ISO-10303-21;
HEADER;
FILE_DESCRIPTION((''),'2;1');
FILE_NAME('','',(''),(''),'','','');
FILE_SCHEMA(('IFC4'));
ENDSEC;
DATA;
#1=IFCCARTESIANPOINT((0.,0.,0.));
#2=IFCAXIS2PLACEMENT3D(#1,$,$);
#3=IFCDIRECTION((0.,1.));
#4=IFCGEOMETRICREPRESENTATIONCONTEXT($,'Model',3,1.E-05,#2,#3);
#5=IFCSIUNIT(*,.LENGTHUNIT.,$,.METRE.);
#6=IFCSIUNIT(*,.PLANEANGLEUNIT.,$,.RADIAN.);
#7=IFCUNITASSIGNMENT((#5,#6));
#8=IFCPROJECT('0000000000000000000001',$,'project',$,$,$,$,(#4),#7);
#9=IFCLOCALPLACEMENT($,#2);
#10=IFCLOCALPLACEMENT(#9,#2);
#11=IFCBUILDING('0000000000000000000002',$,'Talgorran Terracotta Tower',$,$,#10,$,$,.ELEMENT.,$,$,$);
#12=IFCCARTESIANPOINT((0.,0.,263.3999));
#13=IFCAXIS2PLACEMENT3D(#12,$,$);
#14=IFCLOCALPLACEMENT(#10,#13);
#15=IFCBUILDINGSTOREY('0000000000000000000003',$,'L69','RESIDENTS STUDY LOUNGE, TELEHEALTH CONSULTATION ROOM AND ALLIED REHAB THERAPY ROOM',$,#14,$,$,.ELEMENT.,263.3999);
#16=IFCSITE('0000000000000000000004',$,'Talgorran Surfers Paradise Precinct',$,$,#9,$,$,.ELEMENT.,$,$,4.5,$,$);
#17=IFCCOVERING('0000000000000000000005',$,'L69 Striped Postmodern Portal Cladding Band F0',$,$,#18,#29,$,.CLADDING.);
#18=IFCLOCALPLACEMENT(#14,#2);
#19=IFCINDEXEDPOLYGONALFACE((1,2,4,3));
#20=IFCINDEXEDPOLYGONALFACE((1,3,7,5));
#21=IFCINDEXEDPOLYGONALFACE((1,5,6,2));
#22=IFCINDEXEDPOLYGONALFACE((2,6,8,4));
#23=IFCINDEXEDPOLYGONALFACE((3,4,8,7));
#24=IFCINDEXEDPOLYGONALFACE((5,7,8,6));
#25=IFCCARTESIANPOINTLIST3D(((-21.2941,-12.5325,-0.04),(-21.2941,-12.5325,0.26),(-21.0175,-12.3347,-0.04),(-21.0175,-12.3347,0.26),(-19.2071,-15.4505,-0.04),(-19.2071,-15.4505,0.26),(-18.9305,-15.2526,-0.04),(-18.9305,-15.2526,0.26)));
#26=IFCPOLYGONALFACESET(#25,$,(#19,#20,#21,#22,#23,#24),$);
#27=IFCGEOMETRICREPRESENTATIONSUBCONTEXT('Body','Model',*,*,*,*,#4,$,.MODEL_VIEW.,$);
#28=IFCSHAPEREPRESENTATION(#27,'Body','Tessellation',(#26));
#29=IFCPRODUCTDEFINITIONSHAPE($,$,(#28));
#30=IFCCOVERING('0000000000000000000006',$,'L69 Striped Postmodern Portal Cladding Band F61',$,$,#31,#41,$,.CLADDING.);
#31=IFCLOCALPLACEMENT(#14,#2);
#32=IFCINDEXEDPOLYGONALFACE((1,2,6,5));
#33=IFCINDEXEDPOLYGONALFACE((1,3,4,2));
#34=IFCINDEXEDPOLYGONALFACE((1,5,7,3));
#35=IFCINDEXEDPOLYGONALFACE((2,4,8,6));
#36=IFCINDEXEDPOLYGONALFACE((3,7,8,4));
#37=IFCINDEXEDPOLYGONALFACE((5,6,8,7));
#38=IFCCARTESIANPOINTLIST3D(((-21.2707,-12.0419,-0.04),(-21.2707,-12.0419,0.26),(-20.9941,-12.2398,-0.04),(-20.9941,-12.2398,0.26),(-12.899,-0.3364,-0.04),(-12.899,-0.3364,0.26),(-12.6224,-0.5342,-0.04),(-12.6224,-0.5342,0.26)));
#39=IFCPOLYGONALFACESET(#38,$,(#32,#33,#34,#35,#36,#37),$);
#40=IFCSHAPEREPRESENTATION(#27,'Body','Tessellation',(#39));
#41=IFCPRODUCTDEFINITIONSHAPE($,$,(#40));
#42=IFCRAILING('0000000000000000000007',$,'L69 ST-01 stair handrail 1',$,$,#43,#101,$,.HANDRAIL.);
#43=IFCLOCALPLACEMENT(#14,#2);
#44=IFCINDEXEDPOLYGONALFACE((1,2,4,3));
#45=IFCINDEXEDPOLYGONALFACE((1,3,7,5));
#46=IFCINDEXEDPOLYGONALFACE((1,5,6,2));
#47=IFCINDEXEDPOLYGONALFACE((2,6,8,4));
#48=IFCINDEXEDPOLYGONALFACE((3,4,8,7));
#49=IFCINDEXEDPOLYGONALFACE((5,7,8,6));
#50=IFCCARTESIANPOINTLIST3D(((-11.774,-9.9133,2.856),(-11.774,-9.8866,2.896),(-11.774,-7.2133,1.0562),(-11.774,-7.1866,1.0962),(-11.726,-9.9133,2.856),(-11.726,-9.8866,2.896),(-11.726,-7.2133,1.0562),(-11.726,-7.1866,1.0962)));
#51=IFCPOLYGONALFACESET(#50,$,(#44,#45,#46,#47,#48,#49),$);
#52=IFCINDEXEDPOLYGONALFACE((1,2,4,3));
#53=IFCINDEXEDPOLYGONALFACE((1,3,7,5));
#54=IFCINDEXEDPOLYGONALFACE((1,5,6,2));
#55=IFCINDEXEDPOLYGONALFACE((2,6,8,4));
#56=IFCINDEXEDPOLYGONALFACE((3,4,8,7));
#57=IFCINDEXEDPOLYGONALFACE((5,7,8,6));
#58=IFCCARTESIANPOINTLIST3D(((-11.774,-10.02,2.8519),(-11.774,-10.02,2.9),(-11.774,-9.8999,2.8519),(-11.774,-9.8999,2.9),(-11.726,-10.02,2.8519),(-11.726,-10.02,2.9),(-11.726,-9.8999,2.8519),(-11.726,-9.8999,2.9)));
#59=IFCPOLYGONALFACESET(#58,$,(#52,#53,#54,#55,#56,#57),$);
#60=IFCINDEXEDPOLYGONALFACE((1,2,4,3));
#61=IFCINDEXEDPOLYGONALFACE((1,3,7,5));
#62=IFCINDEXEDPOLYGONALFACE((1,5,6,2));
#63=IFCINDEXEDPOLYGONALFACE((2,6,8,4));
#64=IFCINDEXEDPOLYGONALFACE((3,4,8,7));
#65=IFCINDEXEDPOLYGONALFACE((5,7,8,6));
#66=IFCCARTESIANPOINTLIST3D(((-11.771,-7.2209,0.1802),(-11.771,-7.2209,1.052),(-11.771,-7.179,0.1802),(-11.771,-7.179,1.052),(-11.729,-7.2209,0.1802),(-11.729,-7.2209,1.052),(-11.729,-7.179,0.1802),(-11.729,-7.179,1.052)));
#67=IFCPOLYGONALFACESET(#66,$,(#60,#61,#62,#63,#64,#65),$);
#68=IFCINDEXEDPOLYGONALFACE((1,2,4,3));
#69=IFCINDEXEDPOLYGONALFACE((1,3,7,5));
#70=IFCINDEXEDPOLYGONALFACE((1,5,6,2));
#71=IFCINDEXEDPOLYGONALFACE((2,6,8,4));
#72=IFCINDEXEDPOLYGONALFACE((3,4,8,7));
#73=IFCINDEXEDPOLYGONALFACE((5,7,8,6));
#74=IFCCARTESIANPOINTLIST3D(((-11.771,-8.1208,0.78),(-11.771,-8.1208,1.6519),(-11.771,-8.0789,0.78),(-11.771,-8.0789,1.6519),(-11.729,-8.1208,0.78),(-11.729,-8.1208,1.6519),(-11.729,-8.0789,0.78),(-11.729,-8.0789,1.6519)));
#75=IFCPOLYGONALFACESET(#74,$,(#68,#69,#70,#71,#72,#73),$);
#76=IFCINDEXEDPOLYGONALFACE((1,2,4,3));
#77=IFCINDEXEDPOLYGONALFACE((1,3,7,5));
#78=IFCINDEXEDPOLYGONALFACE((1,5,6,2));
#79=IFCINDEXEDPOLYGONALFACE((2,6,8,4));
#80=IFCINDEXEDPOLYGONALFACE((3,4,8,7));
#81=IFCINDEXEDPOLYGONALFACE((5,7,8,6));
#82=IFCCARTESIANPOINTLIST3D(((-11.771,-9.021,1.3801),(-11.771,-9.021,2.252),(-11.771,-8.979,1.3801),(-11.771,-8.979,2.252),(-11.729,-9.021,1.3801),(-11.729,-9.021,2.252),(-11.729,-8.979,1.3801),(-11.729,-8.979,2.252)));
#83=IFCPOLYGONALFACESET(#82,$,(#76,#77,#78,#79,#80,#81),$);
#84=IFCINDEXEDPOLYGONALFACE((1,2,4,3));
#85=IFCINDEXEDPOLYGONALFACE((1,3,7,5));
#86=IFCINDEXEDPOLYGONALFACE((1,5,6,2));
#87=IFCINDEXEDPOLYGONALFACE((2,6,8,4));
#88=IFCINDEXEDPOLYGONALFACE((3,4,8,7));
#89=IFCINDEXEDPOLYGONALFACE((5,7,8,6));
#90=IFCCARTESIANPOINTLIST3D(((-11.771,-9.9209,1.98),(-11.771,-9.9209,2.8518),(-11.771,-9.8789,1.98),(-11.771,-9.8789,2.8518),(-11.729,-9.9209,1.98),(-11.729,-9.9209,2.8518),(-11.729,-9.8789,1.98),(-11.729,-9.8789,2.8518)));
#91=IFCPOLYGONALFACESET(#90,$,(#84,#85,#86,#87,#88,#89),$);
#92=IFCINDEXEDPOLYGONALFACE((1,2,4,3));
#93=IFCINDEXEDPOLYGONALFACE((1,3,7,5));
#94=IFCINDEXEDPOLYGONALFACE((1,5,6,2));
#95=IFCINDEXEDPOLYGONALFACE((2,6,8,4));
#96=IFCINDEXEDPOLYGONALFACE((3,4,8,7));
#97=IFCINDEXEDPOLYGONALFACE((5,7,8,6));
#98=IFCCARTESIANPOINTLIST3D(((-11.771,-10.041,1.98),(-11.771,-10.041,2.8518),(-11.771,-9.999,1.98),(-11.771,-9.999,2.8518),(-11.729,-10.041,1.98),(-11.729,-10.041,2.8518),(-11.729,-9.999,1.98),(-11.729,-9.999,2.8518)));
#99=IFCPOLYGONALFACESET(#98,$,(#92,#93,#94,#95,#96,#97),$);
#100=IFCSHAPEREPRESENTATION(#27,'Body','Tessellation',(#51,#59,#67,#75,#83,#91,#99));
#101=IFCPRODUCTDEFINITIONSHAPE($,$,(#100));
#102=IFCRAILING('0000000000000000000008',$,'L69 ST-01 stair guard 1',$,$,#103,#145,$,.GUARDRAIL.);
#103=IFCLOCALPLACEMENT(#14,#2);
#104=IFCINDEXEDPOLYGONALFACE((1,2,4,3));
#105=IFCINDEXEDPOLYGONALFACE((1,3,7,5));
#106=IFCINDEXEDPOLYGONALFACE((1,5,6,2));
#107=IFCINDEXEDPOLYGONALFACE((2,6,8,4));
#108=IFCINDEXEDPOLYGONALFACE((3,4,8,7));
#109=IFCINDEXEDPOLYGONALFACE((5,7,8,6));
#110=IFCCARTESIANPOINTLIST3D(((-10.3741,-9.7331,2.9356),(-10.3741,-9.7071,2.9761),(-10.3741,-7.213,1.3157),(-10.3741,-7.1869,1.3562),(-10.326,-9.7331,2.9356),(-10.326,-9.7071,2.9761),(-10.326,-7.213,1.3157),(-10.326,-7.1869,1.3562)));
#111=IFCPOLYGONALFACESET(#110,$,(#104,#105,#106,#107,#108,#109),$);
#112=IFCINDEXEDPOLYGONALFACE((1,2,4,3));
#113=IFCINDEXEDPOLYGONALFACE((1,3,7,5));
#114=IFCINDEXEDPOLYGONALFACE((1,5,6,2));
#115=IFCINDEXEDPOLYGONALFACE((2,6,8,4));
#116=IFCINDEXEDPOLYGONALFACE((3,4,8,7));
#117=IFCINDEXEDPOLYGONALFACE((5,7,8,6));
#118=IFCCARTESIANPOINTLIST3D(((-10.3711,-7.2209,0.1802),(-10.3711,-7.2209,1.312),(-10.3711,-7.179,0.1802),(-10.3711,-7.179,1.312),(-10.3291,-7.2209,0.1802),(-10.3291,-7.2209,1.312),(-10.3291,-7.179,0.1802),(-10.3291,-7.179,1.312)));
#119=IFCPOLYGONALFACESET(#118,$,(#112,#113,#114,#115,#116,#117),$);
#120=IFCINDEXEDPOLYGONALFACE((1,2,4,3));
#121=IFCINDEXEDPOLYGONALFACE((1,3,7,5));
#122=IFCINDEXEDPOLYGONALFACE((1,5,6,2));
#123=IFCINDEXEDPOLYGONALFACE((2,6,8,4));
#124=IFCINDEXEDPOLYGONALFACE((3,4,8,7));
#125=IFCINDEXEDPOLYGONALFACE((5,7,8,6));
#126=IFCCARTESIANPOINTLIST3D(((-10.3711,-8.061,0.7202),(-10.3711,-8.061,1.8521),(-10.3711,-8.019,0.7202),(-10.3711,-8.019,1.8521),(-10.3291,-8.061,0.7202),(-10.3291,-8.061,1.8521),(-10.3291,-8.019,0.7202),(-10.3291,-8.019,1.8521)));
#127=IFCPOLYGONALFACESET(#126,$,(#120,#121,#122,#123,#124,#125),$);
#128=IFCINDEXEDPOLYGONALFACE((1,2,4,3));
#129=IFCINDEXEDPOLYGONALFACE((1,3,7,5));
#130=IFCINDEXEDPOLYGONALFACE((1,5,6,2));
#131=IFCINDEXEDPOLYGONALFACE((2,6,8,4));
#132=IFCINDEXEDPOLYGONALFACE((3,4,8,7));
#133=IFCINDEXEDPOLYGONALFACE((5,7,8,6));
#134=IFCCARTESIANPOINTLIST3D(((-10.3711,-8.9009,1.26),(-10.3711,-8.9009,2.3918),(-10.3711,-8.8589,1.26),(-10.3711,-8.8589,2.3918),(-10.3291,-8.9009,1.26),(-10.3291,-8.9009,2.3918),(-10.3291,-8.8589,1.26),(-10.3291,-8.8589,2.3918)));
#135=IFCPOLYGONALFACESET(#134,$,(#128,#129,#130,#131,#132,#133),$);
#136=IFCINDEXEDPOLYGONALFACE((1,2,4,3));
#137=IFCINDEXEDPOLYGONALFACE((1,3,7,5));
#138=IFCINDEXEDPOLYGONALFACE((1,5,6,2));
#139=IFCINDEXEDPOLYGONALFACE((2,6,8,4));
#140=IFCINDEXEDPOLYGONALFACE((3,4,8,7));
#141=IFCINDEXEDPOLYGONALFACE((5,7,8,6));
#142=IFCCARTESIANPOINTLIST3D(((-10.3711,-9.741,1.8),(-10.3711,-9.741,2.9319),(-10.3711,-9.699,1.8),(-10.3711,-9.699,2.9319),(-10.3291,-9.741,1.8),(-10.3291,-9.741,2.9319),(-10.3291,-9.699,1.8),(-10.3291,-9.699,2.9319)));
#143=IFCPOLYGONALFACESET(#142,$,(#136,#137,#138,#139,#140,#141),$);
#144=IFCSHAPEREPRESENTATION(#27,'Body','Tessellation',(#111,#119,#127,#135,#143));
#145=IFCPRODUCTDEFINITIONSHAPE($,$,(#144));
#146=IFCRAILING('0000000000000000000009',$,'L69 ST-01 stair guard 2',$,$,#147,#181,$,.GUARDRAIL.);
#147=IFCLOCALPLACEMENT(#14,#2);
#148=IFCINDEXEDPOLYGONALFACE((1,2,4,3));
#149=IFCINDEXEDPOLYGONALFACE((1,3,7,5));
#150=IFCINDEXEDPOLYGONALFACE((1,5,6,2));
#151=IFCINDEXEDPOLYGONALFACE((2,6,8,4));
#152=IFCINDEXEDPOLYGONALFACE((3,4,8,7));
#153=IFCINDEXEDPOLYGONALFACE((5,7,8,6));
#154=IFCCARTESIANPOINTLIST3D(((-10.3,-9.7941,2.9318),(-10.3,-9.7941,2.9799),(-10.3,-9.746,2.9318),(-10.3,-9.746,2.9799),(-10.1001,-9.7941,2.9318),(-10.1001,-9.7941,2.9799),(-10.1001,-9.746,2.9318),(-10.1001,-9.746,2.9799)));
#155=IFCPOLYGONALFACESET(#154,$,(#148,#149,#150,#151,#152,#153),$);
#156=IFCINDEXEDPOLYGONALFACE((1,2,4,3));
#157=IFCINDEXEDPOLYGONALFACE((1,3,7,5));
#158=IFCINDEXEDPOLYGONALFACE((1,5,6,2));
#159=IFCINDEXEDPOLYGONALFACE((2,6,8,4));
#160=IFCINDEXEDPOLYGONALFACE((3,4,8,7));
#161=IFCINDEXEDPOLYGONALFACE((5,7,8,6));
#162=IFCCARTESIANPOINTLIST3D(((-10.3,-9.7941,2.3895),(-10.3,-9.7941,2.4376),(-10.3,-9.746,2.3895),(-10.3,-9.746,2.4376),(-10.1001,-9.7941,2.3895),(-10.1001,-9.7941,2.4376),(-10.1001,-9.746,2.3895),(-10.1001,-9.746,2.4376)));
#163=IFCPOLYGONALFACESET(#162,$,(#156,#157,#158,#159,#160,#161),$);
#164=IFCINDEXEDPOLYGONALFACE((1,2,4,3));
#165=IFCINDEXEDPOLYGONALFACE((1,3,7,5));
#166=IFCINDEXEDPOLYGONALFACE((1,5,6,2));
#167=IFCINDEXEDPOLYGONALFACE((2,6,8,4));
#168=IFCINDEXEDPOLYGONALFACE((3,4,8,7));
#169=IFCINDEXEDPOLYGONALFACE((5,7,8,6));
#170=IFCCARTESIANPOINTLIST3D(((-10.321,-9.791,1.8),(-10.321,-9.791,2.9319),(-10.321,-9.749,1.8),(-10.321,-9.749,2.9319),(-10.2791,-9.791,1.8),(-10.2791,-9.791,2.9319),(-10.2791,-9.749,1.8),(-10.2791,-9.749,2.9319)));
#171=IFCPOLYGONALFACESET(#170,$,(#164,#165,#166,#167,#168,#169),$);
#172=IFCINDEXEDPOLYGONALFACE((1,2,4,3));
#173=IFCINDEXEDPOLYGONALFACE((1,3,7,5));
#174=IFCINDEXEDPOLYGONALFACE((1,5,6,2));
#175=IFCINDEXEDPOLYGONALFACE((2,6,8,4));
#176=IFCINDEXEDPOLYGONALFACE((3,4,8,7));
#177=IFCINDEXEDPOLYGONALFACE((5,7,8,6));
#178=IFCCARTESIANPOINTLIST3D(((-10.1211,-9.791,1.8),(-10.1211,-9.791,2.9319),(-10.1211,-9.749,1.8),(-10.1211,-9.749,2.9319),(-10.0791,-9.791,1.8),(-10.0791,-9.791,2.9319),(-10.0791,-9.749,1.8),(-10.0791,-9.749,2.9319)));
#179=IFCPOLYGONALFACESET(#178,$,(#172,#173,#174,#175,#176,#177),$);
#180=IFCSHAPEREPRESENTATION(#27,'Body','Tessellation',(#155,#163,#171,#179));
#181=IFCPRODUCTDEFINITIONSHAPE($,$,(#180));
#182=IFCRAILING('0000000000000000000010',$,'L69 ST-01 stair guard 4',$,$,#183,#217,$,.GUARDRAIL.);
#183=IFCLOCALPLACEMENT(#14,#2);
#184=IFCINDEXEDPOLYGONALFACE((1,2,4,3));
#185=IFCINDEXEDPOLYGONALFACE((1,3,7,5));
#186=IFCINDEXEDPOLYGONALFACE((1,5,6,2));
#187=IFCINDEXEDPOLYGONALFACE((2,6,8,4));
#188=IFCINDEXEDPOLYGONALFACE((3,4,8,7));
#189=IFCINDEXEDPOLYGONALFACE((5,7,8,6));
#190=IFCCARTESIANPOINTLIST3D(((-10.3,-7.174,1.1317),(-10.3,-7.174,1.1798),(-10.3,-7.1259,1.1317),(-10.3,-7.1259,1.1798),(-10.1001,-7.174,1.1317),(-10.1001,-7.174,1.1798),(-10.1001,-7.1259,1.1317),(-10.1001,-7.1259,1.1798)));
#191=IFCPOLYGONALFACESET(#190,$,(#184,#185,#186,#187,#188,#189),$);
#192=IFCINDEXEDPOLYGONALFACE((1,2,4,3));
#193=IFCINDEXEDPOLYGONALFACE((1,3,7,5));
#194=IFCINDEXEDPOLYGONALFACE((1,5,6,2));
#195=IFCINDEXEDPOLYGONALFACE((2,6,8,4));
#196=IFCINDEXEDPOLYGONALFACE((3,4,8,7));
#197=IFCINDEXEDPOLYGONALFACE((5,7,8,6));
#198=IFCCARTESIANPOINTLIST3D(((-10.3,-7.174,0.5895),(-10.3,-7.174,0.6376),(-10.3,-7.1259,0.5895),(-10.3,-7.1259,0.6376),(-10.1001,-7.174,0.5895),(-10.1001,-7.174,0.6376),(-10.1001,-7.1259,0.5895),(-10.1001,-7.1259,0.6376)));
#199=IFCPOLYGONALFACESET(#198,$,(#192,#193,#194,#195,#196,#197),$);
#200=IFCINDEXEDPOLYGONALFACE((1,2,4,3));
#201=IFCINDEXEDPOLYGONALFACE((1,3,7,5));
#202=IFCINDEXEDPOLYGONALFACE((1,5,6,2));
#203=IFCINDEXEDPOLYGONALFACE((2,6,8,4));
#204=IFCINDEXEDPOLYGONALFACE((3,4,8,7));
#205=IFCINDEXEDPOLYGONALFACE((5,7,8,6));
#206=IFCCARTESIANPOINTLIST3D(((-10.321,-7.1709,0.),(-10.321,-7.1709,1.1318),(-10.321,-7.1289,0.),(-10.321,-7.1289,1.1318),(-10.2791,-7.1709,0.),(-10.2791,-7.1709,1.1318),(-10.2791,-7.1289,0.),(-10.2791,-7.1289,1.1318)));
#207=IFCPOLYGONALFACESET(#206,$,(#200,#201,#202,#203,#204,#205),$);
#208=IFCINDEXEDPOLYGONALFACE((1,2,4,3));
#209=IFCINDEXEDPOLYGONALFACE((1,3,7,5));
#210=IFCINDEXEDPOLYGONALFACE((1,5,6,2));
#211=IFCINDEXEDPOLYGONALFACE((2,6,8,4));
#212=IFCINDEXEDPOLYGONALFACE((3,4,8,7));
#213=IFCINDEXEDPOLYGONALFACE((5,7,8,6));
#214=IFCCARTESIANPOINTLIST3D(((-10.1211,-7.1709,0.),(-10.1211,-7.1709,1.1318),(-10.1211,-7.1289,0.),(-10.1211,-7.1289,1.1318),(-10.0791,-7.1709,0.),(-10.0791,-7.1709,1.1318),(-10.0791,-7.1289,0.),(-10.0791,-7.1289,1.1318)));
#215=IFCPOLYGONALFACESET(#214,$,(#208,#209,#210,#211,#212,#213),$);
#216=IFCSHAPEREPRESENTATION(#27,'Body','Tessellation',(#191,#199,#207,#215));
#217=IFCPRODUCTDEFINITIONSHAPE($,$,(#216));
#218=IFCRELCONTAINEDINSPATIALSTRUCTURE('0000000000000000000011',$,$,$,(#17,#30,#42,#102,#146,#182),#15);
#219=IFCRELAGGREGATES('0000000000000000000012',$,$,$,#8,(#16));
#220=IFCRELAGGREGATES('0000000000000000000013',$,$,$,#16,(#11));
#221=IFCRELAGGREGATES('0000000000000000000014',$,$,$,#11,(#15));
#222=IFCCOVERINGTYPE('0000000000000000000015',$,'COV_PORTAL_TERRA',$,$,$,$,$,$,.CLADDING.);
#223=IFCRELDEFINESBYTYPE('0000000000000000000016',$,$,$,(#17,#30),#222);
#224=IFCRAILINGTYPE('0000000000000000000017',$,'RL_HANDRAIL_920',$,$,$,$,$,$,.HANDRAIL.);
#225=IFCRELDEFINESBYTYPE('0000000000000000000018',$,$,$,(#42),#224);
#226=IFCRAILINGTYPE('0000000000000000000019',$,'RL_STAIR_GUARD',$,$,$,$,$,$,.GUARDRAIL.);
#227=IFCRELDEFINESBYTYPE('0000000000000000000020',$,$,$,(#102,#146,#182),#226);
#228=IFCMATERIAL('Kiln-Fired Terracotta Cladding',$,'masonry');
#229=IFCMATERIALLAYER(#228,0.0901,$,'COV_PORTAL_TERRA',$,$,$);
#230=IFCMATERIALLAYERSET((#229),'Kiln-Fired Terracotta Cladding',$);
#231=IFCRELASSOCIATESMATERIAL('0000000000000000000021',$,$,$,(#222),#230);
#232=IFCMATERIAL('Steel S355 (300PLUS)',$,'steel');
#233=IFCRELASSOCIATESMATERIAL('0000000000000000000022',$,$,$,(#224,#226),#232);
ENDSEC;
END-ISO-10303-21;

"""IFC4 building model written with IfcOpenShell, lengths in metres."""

from ifc_helpers import new_model, si_unit, direction, frame, origin, origin_2d, place, context, subcontext, project, spatial, rectangle, extrude, material, layer, layer_set, type_object, element, save


model = new_model("IFC4")

# Units and contexts
model_context = context("Model", 3, precision=1e-05, world=origin(), true_north=direction((0.0, 1.0)))
body_context = subcontext(model_context, "Body", "Model", "MODEL_VIEW")
ifc_project = project(units=[si_unit("LENGTHUNIT", "METRE"), si_unit("PLANEANGLEUNIT", "RADIAN")], contexts=[model_context])

# Site, building, storey
site_placement = place(None, origin())
site = spatial("IfcSite", under=ifc_project, at=site_placement, Name="Talgorran Surfers Paradise Precinct", CompositionType="ELEMENT", RefElevation=4.5)
building_placement = place(site_placement, origin())
building = spatial("IfcBuilding", under=site, at=building_placement, Name="Talgorran Terracotta Tower", CompositionType="ELEMENT")
storey_placement = place(building_placement, frame((0.0, 0.0, 263.3999)))
storey = spatial("IfcBuildingStorey", under=building, at=storey_placement, Name="L69", Description="RESIDENTS STUDY LOUNGE, TELEHEALTH CONSULTATION ROOM AND ALLIED REHAB THERAPY ROOM", CompositionType="ELEMENT", Elevation=263.3999)

# Shared definitions
ifc_material_1 = material(Name="Steel S355 (300PLUS)", Category="steel")

# Coverings
ifc_material_2 = material(Name="Kiln-Fired Terracotta Cladding", Category="masonry")
ifc_layer_1 = layer(ifc_material_2, 0.0901, Name="COV_PORTAL_TERRA")
ifc_layer_set_1 = layer_set([ifc_layer_1], Name="Kiln-Fired Terracotta Cladding")
covering_type_1 = type_object("IfcCoveringType", Name="COV_PORTAL_TERRA", PredefinedType="CLADDING", material=ifc_layer_set_1)
covering_1_placement = place(storey_placement, frame((-20.1123, -13.8926, -0.04), z_axis=(0.0, 0.0, 1.0), x_axis=(0.58174, -0.813375, 0.0)))
element("IfcCovering", 1, at=covering_1_placement, inside=storey, type_object=covering_type_1, Name="L69 Striped Postmodern Portal Cladding Band F0", PredefinedType="CLADDING", context=body_context, shape_type="SweptSolid", body=[
    extrude(rectangle(XDim=3.5874, YDim=0.3401, at=origin_2d()), origin(), (0.0, 0.0, 1.0), 0.3),
])
covering_2_placement = place(storey_placement, frame((-16.9465, -6.2881, -0.04), z_axis=(0.0, 0.0, 1.0), x_axis=(-0.581726, -0.813385, 0.0)))
element("IfcCovering", 2, at=covering_2_placement, inside=storey, type_object=covering_type_1, Name="L69 Striped Postmodern Portal Cladding Band F61", PredefinedType="CLADDING", context=body_context, shape_type="SweptSolid", body=[
    extrude(rectangle(XDim=14.3911, YDim=0.3401, at=origin_2d()), origin(), (0.0, 0.0, 1.0), 0.3),
])

# Railings
railing_type_1 = type_object("IfcRailingType", Name="RL_HANDRAIL_920", PredefinedType="HANDRAIL", material=ifc_material_1)
railing_1_placement = place(storey_placement, frame((-11.75, -7.2, 0.1802)))
element("IfcRailing", 3, at=railing_1_placement, inside=storey, type_object=railing_type_1, Name="L69 ST-01 stair handrail 1", PredefinedType="HANDRAIL", context=body_context, shape_type="SweptSolid", body=[
    extrude(rectangle(XDim=0.0481, YDim=0.0481, at=origin_2d()), frame((0.0, 0.0, 0.896), z_axis=(0.0, -0.832073, 0.554665), x_axis=(1.0, 0.0, 0.0)), (0.0, 0.0, 1.0), 3.2449),
    extrude(rectangle(XDim=0.0481, YDim=0.0481, at=origin_2d()), frame((0.0, -2.7, 2.6958), z_axis=(0.0, -1.0, 0.0), x_axis=(1.0, 0.0, 0.0)), (0.0, 0.0, 1.0), 0.1201),
    extrude(rectangle(XDim=0.042, YDim=0.042, at=origin_2d()), origin(), (0.0, 0.0, 1.0), 0.8718),
    extrude(rectangle(XDim=0.042, YDim=0.042, at=origin_2d()), frame((0.0, -0.8999, 0.5999)), (0.0, 0.0, 1.0), 0.8718),
    extrude(rectangle(XDim=0.042, YDim=0.042, at=origin_2d()), frame((0.0, -1.8, 1.2)), (0.0, 0.0, 1.0), 0.8718),
    extrude(rectangle(XDim=0.042, YDim=0.042, at=origin_2d()), frame((0.0, -2.7, 1.7998)), (0.0, 0.0, 1.0), 0.8718),
    extrude(rectangle(XDim=0.042, YDim=0.042, at=origin_2d()), frame((0.0, -2.8201, 1.7998)), (0.0, 0.0, 1.0), 0.8718),
])
railing_type_2 = type_object("IfcRailingType", Name="RL_STAIR_GUARD", PredefinedType="GUARDRAIL", material=ifc_material_1)
railing_2_placement = place(storey_placement, frame((-10.3501, -7.2, 0.1802)))
element("IfcRailing", 4, at=railing_2_placement, inside=storey, type_object=railing_type_2, Name="L69 ST-01 stair guard 1", PredefinedType="GUARDRAIL", context=body_context, shape_type="SweptSolid", body=[
    extrude(rectangle(XDim=0.0481, YDim=0.0481, at=origin_2d()), frame((0.0, 0.0, 1.1558), z_axis=(0.0, -0.8412, 0.540725), x_axis=(1.0, 0.0, 0.0)), (0.0, 0.0, 1.0), 2.9958),
    extrude(rectangle(XDim=0.042, YDim=0.042, at=origin_2d()), origin(), (0.0, 0.0, 1.0), 1.1318),
    extrude(rectangle(XDim=0.042, YDim=0.042, at=origin_2d()), frame((0.0, -0.8401, 0.54)), (0.0, 0.0, 1.0), 1.1318),
    extrude(rectangle(XDim=0.042, YDim=0.042, at=origin_2d()), frame((0.0, -1.6799, 1.0798)), (0.0, 0.0, 1.0), 1.1318),
    extrude(rectangle(XDim=0.042, YDim=0.042, at=origin_2d()), frame((0.0, -2.52, 1.6199)), (0.0, 0.0, 1.0), 1.1318),
])
for number, where, name in (
    (5, (-10.3, -9.77, 1.8), "L69 ST-01 stair guard 2"),
    (6, (-10.3, -7.1499, 0.0), "L69 ST-01 stair guard 4"),
):
    element("IfcRailing", number, at=place(storey_placement, frame(where)), inside=storey, type_object=railing_type_2, Name=name, PredefinedType="GUARDRAIL", context=body_context, shape_type="SweptSolid", body=[
        extrude(rectangle(XDim=0.0481, YDim=0.0481, at=origin_2d()), frame((0.0, 0.0, 1.1558), z_axis=(1.0, 0.0, 0.0), x_axis=(0.0, 1.0, 0.0)), (0.0, 0.0, 1.0), 0.2),
        extrude(rectangle(XDim=0.0481, YDim=0.0481, at=origin_2d()), frame((0.0, 0.0, 0.6135), z_axis=(1.0, 0.0, 0.0), x_axis=(0.0, 1.0, 0.0)), (0.0, 0.0, 1.0), 0.2),
        extrude(rectangle(XDim=0.042, YDim=0.042, at=origin_2d()), origin(), (0.0, 0.0, 1.0), 1.1318),
        extrude(rectangle(XDim=0.042, YDim=0.042, at=origin_2d()), frame((0.2, 0.0, 0.0)), (0.0, 0.0, 1.0), 1.1318),
    ])

save(model, "model.ifc")
